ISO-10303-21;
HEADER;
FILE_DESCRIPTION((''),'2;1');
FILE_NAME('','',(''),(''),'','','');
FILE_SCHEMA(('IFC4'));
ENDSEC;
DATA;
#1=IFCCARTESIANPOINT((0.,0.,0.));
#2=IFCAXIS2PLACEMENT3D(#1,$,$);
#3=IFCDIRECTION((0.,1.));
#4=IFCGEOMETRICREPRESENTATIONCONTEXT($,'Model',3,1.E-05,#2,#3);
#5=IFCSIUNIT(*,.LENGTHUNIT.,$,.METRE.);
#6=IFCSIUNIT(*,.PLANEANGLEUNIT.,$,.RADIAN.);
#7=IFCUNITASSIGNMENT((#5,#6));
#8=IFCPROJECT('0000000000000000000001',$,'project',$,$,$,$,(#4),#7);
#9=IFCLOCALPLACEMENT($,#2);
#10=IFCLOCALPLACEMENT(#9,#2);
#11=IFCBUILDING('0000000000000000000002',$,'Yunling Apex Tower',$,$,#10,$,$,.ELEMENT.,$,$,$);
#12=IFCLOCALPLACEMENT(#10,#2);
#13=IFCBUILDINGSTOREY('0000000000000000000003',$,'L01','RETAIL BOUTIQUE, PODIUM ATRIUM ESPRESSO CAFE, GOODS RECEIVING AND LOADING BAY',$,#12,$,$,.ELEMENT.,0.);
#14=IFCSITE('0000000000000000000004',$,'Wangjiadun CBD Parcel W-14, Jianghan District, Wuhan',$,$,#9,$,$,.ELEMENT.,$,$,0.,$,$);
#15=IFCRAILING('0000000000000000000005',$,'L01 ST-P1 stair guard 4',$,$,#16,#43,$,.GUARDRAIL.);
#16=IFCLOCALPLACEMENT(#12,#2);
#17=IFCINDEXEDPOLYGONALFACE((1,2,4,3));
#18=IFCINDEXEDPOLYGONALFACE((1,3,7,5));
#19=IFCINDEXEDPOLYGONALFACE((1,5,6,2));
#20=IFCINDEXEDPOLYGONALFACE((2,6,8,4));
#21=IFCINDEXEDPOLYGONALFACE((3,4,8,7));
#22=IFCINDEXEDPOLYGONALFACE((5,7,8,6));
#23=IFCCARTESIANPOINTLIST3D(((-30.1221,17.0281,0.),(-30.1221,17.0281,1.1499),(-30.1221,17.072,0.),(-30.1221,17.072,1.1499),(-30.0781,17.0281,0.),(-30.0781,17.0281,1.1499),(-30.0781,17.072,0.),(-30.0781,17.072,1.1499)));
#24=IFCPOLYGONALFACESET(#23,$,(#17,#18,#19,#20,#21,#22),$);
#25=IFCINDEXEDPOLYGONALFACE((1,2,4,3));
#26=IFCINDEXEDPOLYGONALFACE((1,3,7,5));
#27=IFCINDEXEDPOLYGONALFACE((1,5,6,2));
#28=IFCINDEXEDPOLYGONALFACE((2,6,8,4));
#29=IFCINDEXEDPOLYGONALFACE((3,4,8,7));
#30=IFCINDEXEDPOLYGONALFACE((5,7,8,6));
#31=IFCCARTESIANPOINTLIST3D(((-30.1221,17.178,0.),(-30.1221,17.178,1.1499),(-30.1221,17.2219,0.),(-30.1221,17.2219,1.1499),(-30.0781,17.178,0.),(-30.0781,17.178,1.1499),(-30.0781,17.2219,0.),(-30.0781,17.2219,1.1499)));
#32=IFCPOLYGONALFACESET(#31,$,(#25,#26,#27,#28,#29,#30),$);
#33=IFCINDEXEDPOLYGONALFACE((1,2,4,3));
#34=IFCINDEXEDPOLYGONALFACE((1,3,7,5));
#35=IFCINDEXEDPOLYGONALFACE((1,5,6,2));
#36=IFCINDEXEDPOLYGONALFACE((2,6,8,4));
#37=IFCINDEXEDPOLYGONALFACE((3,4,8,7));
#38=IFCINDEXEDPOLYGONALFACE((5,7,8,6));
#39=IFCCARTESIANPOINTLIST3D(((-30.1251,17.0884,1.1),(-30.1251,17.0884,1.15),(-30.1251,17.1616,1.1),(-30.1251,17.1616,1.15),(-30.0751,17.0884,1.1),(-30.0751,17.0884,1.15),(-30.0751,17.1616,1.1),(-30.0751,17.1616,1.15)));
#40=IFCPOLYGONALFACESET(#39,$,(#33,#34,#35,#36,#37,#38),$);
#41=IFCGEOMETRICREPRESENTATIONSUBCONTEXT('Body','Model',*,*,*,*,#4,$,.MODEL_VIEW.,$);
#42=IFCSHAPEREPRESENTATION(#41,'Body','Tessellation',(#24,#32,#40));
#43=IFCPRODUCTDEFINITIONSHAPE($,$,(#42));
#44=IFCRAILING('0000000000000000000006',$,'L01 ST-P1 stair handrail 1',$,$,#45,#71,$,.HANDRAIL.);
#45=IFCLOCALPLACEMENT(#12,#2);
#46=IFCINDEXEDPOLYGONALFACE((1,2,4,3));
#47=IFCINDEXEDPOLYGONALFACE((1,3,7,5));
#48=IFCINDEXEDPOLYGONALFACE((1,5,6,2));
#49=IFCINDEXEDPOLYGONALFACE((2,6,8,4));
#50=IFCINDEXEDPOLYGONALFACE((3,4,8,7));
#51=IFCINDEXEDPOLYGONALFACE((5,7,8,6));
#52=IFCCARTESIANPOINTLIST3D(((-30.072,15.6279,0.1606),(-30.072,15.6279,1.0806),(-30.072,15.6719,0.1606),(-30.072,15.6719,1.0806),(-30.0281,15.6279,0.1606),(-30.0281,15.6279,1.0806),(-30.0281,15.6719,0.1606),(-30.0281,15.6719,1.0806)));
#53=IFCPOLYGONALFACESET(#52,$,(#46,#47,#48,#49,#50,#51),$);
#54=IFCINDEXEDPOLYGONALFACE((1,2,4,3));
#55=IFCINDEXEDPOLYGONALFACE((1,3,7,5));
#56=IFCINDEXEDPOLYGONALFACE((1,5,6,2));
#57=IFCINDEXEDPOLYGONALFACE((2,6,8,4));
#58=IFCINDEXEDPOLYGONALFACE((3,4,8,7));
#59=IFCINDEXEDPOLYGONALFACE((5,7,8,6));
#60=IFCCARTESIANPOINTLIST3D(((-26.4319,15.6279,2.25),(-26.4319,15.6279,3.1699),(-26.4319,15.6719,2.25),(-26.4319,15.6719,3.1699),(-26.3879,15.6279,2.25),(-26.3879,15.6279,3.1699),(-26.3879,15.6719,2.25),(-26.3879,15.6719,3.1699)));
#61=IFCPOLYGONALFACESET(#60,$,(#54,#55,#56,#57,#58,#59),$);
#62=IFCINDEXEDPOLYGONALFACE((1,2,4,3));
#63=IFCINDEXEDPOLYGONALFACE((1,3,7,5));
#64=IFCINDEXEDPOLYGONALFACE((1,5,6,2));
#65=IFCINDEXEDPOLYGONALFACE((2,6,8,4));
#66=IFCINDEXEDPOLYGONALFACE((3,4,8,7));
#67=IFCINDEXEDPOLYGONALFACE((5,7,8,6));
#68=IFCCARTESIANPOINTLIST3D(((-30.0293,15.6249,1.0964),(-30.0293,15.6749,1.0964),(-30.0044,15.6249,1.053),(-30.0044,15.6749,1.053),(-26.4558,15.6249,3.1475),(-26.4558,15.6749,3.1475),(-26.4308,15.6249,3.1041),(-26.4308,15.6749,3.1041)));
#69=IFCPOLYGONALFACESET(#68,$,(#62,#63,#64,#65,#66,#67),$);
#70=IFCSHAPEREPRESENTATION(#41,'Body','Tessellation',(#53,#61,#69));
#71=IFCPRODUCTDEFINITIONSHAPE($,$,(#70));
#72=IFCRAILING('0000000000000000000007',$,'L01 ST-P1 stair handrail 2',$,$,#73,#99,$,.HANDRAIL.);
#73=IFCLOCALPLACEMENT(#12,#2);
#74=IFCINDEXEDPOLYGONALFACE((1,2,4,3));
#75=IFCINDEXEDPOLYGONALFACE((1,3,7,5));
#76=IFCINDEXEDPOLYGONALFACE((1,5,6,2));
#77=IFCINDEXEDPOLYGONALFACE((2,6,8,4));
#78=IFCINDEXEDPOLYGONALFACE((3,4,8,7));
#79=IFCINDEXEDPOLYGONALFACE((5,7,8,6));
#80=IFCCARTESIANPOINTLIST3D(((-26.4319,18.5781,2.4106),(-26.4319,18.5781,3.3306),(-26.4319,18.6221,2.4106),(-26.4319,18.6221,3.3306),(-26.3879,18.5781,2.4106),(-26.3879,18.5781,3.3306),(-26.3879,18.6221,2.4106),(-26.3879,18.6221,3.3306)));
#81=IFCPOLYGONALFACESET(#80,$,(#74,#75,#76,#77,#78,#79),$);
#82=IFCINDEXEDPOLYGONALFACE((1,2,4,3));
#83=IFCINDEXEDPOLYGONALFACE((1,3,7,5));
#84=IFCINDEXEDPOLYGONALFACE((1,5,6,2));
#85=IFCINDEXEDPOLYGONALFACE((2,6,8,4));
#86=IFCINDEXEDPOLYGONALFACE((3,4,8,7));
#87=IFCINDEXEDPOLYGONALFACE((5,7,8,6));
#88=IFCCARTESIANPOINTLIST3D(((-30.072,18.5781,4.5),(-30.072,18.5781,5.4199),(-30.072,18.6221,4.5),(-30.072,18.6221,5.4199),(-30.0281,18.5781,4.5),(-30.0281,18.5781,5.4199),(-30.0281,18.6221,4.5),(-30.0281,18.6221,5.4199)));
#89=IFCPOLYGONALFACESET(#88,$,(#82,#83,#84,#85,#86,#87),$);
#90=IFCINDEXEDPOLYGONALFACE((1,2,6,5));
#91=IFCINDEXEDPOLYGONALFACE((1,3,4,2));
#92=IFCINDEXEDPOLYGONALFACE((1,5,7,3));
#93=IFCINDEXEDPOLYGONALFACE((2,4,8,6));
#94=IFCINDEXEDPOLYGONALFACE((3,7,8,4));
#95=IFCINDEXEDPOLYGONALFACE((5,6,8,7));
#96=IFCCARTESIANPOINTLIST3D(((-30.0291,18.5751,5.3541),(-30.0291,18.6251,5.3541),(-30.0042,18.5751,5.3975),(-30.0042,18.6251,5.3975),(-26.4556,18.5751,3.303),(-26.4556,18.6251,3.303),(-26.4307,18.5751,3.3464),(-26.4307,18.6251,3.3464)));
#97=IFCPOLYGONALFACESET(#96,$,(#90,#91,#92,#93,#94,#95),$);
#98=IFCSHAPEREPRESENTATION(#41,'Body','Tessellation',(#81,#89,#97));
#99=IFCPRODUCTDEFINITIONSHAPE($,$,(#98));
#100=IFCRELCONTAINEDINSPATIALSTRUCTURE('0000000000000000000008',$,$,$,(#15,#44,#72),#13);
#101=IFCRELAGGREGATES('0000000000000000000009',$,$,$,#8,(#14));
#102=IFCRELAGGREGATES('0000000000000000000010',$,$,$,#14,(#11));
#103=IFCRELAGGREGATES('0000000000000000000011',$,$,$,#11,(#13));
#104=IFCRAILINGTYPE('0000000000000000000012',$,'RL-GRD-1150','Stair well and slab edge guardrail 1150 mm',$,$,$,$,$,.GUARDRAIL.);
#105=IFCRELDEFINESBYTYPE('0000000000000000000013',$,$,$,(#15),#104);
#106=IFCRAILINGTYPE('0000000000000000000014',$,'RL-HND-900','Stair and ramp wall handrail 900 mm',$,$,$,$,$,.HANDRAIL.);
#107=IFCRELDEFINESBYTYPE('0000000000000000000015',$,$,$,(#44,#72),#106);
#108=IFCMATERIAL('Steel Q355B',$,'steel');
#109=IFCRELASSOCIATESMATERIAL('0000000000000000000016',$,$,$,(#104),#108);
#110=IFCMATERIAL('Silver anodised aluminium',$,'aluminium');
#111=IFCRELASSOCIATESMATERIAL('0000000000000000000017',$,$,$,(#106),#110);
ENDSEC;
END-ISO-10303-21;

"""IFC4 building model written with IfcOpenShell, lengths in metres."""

from ifc_helpers import new_model, si_unit, direction, frame, origin, origin_2d, place, context, subcontext, project, spatial, rectangle, extrude, material, type_object, element, save


model = new_model("IFC4")

# Units and contexts
model_context = context("Model", 3, precision=1e-05, world=origin(), true_north=direction((0.0, 1.0)))
body_context = subcontext(model_context, "Body", "Model", "MODEL_VIEW")
ifc_project = project(units=[si_unit("LENGTHUNIT", "METRE"), si_unit("PLANEANGLEUNIT", "RADIAN")], contexts=[model_context])

# Site, building, storey
site_placement = place(None, origin())
site = spatial("IfcSite", under=ifc_project, at=site_placement, Name="Wangjiadun CBD Parcel W-14, Jianghan District, Wuhan", CompositionType="ELEMENT", RefElevation=0.0)
building_placement = place(site_placement, origin())
building = spatial("IfcBuilding", under=site, at=building_placement, Name="Yunling Apex Tower", CompositionType="ELEMENT")
storey_placement = place(building_placement, origin())
storey = spatial("IfcBuildingStorey", under=building, at=storey_placement, Name="L01", Description="RETAIL BOUTIQUE, PODIUM ATRIUM ESPRESSO CAFE, GOODS RECEIVING AND LOADING BAY", CompositionType="ELEMENT", Elevation=0.0)

# Shared definitions
ifc_material_1 = material(Name="Steel Q355B", Category="steel")

# Railings
railing_type_1 = type_object("IfcRailingType", Name="RL-GRD-1150", Description="Stair well and slab edge guardrail 1150 mm", PredefinedType="GUARDRAIL", material=ifc_material_1)
railing_1_placement = place(storey_placement, frame((-30.1001, 17.05, 0.0)))
element("IfcRailing", 1, at=railing_1_placement, inside=storey, type_object=railing_type_1, Name="L01 ST-P1 stair guard 4", PredefinedType="GUARDRAIL", context=body_context, shape_type="SweptSolid", body=[
    extrude(rectangle(XDim=0.0439, YDim=0.0439, at=origin_2d()), origin(), (0.0, 0.0, 1.0), 1.1499),
    extrude(rectangle(XDim=0.0439, YDim=0.0439, at=origin_2d()), frame((0.0, 0.1499, 0.0)), (0.0, 0.0, 1.0), 1.1499),
    extrude(rectangle(XDim=0.05, YDim=0.05, at=origin_2d()), frame((0.0, 0.0383, 1.125), z_axis=(0.0, 1.0, 0.0), x_axis=(-1.0, 0.0, 0.0)), (0.0, 0.0, 1.0), 0.0732),
])
ifc_material_2 = material(Name="Silver anodised aluminium", Category="aluminium")
railing_type_2 = type_object("IfcRailingType", Name="RL-HND-900", Description="Stair and ramp wall handrail 900 mm", PredefinedType="HANDRAIL", material=ifc_material_2)
railing_2_placement = place(storey_placement, frame((-30.05, 15.6499, 0.1606)))
element("IfcRailing", 2, at=railing_2_placement, inside=storey, type_object=railing_type_2, Name="L01 ST-P1 stair handrail 1", PredefinedType="HANDRAIL", context=body_context, shape_type="SweptSolid", body=[
    extrude(rectangle(XDim=0.0439, YDim=0.0439, at=origin_2d()), origin(), (0.0, 0.0, 1.0), 0.9199),
    extrude(rectangle(XDim=0.0439, YDim=0.0439, at=origin_2d()), frame((3.6401, 0.0, 2.0894)), (0.0, 0.0, 1.0), 0.9199),
    extrude(rectangle(XDim=0.05, YDim=0.05, at=origin_2d()), frame((0.0332, 0.0, 0.9141), z_axis=(0.867289, 0.0, 0.497804), x_axis=(0.0, 1.0, 0.0)), (0.0, 0.0, 1.0), 4.1204),
])
railing_3_placement = place(storey_placement, frame((-26.4099, 18.6001, 2.4106)))
element("IfcRailing", 3, at=railing_3_placement, inside=storey, type_object=railing_type_2, Name="L01 ST-P1 stair handrail 2", PredefinedType="HANDRAIL", context=body_context, shape_type="SweptSolid", body=[
    extrude(rectangle(XDim=0.0439, YDim=0.0439, at=origin_2d()), origin(), (0.0, 0.0, 1.0), 0.9199),
    extrude(rectangle(XDim=0.0439, YDim=0.0439, at=origin_2d()), frame((-3.6401, 0.0, 2.0894)), (0.0, 0.0, 1.0), 0.9199),
    extrude(rectangle(XDim=0.05, YDim=0.05, at=origin_2d()), frame((-0.0332, 0.0, 0.9141), z_axis=(-0.867289, 0.0, 0.497804), x_axis=(0.0, -1.0, 0.0)), (0.0, 0.0, 1.0), 4.1204),
])

save(model, "model.ifc")
